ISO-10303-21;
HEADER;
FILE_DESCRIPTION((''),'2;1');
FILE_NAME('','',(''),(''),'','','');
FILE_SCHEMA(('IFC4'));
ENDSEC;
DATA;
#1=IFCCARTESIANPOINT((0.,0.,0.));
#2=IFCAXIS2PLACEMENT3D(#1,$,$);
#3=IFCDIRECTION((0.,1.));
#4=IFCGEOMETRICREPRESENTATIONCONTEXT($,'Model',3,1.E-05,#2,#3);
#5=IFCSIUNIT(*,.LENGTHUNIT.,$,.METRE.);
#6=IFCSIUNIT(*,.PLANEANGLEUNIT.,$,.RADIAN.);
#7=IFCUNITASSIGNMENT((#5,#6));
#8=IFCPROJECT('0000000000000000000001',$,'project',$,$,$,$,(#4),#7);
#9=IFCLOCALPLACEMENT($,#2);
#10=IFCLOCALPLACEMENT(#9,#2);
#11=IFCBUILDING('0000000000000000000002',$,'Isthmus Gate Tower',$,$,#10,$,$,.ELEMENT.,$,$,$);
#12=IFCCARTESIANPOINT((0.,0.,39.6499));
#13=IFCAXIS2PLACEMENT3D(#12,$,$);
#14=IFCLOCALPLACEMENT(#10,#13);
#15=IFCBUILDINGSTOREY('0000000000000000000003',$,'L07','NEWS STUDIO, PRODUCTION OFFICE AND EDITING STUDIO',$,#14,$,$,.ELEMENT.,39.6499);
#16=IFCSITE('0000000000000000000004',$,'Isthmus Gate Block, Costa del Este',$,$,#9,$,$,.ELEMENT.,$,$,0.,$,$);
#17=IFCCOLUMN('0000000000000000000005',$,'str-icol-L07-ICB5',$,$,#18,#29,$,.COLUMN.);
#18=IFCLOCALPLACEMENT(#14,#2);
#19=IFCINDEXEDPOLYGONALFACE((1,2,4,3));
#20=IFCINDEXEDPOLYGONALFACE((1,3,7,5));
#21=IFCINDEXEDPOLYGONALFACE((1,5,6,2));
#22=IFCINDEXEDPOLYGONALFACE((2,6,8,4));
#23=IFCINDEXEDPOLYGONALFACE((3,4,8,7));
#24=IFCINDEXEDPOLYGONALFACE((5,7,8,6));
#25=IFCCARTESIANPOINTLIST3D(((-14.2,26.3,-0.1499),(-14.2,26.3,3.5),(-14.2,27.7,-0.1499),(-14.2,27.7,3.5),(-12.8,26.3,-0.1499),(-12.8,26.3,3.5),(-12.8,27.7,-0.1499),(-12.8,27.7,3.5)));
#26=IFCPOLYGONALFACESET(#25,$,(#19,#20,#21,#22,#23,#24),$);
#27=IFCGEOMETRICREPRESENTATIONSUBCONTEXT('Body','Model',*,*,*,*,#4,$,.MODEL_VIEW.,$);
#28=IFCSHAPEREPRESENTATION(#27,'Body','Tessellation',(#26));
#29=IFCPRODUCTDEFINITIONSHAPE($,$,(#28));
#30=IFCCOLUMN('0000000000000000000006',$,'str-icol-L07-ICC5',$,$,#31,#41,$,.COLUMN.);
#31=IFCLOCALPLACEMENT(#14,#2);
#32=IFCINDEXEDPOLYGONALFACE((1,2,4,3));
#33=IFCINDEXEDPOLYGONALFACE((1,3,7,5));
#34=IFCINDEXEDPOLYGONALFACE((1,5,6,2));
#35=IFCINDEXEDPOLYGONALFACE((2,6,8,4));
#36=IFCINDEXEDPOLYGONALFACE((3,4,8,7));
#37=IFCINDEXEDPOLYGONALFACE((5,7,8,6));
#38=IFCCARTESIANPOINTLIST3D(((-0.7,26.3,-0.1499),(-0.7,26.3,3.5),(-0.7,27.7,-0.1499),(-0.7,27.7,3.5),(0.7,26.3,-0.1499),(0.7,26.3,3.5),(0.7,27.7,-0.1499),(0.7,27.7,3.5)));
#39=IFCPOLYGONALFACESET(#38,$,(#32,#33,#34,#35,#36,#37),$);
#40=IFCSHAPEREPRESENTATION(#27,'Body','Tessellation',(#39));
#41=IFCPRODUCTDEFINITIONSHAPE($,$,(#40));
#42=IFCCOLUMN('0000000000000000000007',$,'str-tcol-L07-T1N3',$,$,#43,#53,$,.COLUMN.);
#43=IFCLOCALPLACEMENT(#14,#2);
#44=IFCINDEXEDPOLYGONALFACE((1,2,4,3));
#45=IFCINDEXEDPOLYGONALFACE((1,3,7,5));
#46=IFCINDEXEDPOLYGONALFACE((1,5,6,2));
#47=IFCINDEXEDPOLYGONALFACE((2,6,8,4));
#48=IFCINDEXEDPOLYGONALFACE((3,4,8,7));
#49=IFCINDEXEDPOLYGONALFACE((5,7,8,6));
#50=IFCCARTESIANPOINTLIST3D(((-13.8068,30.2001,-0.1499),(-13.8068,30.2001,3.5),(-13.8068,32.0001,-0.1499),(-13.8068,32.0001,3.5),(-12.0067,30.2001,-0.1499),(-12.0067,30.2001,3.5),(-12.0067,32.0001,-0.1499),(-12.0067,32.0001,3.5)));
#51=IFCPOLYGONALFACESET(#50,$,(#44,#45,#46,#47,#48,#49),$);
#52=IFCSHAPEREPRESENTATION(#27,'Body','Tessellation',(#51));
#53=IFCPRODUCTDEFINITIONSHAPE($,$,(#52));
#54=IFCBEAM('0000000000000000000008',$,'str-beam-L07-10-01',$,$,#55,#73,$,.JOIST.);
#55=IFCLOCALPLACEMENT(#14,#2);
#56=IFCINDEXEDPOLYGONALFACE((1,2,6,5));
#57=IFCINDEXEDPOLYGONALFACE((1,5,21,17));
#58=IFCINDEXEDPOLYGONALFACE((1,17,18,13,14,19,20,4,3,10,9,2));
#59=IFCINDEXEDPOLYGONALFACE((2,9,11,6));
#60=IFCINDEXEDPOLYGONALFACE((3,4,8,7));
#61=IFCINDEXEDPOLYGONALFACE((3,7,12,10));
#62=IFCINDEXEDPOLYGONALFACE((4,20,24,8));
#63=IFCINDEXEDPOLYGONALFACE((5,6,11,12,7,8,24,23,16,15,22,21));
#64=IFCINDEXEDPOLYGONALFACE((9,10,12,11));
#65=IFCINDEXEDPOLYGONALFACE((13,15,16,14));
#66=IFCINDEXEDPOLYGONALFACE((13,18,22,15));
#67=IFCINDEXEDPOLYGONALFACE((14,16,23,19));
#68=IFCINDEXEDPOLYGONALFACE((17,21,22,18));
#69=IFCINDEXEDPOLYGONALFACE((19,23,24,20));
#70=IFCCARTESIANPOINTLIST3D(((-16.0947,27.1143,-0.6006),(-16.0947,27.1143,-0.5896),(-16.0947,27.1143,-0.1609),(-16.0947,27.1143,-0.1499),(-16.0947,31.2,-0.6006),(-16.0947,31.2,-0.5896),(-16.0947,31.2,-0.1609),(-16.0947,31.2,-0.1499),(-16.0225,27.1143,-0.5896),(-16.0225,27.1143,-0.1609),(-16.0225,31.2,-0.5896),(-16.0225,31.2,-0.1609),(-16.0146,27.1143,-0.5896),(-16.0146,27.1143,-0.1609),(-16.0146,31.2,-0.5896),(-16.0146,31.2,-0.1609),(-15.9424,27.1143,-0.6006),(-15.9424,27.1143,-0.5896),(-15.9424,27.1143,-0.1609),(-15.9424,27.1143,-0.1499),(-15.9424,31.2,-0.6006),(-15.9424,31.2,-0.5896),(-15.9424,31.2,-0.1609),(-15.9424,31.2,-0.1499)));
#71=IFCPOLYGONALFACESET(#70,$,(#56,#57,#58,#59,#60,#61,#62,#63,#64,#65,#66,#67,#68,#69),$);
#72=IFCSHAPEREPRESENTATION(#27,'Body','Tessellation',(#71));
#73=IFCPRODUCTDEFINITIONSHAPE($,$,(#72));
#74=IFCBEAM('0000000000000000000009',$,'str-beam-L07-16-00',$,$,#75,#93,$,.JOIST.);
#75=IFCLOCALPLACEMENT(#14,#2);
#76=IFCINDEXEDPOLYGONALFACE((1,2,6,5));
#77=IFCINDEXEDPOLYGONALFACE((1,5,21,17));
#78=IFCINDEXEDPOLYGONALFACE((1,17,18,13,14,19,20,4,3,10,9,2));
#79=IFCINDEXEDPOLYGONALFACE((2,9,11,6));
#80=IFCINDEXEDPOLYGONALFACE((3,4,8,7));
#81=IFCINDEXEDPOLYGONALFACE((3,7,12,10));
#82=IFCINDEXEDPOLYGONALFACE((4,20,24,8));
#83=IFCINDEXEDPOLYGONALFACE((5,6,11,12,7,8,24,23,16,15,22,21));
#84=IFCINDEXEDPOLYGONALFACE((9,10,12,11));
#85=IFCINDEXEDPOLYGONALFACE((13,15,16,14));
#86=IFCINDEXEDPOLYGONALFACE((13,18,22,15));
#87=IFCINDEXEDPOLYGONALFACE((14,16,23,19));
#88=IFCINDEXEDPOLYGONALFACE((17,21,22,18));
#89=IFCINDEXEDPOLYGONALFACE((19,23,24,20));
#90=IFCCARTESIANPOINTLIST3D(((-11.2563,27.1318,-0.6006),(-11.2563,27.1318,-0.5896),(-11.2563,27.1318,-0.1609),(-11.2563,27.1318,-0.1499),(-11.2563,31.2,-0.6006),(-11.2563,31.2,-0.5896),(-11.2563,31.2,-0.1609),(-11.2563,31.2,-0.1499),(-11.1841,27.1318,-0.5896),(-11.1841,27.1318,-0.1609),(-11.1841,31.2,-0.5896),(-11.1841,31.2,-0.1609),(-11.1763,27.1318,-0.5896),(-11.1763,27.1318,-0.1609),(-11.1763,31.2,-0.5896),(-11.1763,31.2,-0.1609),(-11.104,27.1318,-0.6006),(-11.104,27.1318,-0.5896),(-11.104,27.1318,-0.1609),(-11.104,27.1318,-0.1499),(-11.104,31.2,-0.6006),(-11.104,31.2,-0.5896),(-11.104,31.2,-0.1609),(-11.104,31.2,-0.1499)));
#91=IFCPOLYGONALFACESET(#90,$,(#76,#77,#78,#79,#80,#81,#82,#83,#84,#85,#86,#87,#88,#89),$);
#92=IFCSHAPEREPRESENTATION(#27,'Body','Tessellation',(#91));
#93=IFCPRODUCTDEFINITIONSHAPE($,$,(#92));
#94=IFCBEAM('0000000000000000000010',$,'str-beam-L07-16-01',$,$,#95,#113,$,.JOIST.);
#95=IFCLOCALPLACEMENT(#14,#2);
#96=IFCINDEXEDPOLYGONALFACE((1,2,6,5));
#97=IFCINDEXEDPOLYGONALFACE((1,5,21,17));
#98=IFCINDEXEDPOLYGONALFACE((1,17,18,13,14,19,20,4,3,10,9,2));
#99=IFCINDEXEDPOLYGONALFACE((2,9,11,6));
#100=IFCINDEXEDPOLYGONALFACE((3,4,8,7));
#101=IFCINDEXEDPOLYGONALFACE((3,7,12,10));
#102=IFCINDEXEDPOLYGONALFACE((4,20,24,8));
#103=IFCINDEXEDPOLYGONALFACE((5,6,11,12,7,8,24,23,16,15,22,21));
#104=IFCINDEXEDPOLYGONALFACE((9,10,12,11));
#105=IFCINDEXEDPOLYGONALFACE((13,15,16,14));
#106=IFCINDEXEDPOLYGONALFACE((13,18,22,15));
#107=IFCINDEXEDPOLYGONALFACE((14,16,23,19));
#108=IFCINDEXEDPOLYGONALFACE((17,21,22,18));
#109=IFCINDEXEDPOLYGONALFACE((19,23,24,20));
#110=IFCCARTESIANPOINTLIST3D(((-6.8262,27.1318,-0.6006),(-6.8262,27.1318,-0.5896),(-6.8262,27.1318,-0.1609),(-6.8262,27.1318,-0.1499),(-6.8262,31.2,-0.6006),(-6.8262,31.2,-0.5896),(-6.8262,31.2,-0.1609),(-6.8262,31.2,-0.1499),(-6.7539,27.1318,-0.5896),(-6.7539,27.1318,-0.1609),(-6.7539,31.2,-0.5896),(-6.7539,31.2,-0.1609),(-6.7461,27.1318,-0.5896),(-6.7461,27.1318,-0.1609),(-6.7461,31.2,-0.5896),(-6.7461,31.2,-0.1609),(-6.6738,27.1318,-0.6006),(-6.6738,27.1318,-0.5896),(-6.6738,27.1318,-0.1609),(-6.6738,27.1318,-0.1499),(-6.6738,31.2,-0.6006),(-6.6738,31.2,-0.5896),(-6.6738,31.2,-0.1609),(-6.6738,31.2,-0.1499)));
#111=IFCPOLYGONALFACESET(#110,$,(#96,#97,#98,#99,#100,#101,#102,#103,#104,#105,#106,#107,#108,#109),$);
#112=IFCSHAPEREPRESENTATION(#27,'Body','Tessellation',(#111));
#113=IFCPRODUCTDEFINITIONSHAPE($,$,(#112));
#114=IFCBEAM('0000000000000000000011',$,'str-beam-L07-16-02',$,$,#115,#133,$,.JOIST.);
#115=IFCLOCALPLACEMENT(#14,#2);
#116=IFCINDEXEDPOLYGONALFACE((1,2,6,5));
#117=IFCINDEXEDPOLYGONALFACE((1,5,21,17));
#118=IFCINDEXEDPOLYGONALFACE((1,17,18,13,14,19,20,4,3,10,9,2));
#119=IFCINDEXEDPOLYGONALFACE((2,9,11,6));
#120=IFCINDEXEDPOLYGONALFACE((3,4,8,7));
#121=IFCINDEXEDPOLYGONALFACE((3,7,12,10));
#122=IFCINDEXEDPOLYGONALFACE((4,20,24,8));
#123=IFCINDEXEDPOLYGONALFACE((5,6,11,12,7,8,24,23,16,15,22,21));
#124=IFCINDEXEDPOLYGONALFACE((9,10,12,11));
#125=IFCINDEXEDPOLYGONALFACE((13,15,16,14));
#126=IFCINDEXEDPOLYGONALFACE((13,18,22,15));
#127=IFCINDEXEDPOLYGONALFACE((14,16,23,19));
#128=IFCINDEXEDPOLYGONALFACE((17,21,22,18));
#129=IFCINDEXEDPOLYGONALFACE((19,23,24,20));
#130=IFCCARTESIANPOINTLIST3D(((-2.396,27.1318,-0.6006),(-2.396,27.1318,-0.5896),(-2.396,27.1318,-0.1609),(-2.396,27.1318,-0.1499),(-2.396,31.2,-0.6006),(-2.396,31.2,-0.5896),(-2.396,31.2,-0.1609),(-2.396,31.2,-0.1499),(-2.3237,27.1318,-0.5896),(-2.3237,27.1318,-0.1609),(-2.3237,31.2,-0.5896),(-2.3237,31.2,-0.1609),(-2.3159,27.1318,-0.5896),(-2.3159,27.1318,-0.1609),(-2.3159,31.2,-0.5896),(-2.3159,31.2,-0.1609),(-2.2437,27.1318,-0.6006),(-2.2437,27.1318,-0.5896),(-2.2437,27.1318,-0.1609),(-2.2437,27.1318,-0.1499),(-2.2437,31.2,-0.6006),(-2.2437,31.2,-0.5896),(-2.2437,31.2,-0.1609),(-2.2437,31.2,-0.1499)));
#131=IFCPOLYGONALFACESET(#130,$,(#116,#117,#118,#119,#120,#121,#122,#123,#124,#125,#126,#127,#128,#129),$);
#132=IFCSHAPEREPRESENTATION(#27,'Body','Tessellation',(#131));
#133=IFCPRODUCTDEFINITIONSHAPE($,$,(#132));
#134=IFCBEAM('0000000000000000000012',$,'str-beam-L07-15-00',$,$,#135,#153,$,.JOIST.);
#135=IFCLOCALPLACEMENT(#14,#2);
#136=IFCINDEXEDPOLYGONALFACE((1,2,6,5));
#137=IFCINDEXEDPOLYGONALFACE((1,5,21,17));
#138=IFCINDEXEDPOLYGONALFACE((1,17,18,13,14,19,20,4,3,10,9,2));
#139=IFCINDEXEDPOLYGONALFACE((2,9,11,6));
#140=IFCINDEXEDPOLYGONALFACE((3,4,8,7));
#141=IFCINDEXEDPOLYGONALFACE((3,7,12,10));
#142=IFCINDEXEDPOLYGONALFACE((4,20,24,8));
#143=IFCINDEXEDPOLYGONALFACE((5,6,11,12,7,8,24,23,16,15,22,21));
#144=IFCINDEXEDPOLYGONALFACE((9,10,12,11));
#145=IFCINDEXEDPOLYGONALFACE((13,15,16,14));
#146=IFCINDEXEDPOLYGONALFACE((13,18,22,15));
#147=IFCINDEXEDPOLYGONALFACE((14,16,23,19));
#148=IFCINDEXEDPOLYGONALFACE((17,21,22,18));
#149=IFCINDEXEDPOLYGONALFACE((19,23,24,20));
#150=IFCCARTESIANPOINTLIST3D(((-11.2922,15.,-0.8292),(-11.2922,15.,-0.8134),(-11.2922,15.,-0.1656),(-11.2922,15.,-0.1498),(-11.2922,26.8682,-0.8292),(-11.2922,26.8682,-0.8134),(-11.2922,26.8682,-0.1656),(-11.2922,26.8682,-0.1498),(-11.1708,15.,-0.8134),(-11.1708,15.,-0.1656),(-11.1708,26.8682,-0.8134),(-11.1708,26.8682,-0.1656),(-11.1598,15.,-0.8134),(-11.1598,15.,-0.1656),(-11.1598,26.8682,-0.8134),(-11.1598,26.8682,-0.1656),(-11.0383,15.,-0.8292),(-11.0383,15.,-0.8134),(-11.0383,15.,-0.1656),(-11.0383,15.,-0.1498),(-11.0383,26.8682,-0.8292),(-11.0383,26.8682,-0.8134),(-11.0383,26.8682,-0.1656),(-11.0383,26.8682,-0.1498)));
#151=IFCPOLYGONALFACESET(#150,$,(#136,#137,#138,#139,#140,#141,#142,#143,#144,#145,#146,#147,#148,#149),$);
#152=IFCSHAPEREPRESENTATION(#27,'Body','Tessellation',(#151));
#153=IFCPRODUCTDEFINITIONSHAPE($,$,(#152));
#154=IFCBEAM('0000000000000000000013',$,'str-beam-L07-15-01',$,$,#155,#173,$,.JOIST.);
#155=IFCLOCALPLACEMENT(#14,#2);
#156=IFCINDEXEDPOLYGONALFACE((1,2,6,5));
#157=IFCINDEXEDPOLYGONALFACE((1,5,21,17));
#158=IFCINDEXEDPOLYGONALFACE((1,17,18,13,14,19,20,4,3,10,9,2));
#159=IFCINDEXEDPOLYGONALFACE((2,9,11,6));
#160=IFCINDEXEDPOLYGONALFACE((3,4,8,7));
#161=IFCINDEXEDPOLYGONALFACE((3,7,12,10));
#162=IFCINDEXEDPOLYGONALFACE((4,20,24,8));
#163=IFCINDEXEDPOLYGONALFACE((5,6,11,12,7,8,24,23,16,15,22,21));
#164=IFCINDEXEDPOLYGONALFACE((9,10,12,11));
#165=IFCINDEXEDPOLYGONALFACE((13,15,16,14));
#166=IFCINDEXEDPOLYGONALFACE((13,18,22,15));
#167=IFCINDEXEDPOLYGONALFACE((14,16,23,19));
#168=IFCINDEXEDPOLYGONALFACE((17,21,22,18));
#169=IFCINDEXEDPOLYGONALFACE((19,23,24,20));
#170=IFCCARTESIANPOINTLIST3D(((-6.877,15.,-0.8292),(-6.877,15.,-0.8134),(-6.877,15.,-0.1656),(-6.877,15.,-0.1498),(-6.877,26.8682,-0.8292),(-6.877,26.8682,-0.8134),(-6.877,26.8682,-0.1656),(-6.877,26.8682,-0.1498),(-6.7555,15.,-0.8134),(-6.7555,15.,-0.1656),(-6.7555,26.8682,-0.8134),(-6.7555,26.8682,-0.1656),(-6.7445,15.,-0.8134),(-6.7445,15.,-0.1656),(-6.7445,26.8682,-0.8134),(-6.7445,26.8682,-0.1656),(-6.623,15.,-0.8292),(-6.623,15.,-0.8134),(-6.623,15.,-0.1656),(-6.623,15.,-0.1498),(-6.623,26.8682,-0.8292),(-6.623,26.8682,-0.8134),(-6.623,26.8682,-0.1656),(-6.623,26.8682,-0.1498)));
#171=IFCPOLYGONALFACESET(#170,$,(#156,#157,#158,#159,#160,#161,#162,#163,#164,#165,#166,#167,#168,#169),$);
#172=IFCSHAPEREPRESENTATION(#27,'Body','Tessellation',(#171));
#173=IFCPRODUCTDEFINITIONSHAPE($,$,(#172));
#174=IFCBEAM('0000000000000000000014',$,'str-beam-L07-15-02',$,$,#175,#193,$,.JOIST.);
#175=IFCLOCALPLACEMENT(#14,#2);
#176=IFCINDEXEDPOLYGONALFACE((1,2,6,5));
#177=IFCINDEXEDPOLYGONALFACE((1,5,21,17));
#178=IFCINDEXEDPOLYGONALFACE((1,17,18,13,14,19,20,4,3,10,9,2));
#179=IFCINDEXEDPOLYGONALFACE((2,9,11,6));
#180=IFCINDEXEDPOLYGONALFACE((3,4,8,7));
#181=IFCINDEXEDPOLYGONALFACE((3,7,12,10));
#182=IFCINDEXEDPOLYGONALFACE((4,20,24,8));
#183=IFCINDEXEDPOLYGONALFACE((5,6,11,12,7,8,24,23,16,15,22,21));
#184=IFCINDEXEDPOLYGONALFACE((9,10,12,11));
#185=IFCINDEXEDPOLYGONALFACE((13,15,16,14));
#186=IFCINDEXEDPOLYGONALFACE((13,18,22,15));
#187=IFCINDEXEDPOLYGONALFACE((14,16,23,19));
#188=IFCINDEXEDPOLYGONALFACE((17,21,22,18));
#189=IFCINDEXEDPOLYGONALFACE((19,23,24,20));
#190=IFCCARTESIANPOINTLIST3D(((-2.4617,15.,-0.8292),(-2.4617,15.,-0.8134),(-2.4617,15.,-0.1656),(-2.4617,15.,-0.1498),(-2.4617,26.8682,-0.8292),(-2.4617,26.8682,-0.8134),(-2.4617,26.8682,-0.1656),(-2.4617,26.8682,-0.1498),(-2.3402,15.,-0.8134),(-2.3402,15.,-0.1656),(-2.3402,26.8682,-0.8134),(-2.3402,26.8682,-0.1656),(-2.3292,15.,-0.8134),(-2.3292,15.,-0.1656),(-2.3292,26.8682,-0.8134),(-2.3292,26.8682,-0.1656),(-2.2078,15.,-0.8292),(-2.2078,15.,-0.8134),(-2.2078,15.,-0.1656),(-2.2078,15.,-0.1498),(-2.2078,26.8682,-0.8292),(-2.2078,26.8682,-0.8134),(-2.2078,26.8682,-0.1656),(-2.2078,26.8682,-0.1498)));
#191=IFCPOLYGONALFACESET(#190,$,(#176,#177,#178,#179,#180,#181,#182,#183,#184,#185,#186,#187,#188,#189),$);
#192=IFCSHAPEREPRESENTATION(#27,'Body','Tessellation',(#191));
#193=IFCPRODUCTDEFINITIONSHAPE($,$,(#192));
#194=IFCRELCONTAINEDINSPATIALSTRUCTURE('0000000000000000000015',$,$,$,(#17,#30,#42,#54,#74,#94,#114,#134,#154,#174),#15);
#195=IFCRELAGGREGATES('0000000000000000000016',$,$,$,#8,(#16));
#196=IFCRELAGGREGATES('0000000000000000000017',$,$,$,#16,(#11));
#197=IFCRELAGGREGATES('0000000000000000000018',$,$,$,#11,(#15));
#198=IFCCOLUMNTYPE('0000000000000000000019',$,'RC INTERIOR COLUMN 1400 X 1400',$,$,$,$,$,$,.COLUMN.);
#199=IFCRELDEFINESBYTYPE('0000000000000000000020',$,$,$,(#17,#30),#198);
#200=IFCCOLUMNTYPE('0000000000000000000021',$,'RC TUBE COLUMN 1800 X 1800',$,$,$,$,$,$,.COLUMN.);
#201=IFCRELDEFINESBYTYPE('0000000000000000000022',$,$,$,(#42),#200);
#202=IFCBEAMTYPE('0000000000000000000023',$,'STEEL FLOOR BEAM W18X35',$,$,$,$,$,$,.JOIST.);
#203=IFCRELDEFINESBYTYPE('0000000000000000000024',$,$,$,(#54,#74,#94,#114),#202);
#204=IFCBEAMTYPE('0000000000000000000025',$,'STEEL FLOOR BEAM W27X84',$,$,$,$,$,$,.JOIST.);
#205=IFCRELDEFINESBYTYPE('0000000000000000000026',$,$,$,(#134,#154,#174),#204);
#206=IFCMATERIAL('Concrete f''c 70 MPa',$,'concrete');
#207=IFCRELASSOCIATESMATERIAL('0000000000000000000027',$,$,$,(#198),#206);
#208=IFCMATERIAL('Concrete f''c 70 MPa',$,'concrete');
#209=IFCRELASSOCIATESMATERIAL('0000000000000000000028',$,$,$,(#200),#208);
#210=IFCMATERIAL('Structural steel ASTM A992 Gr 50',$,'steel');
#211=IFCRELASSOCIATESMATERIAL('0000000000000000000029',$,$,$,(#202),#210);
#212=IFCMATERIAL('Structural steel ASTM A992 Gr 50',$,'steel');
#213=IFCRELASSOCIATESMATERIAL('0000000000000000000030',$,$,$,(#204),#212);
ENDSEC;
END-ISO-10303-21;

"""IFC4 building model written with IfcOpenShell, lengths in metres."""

from ifc_helpers import new_model, si_unit, direction, frame, origin, origin_2d, place, context, subcontext, project, spatial, rectangle, i_section, extrude, material, material_profile, profile_set, type_object, element, save


model = new_model("IFC4")

# Units and contexts
model_context = context("Model", 3, precision=1e-05, world=origin(), true_north=direction((0.0, 1.0)))
body_context = subcontext(model_context, "Body", "Model", "MODEL_VIEW")
ifc_project = project(units=[si_unit("LENGTHUNIT", "METRE"), si_unit("PLANEANGLEUNIT", "RADIAN")], contexts=[model_context])

# Site, building, storey
site_placement = place(None, origin())
site = spatial("IfcSite", under=ifc_project, at=site_placement, Name="Isthmus Gate Block, Costa del Este", CompositionType="ELEMENT", RefElevation=0.0)
building_placement = place(site_placement, origin())
building = spatial("IfcBuilding", under=site, at=building_placement, Name="Isthmus Gate Tower", CompositionType="ELEMENT")
storey_placement = place(building_placement, frame((0.0, 0.0, 39.6499)))
storey = spatial("IfcBuildingStorey", under=building, at=storey_placement, Name="L07", Description="NEWS STUDIO, PRODUCTION OFFICE AND EDITING STUDIO", CompositionType="ELEMENT", Elevation=39.6499)

# Columns
ifc_material_1 = material(Name="Concrete f'c 70 MPa", Category="concrete")
ifc_material_profile_1 = material_profile(ifc_material_1, rectangle(XDim=1.3999, YDim=1.3999, at=origin_2d()), Name="RC 1400X1400")
ifc_profile_set_1 = profile_set([ifc_material_profile_1], Name="Concrete f'c 70 MPa")
column_type_1 = type_object("IfcColumnType", Name="RC INTERIOR COLUMN 1400 X 1400", PredefinedType="COLUMN", material=ifc_profile_set_1)
for number, where, z_axis, x_axis, name in (
    (1, (-13.5, 27.0, -0.1499), (0.0, 0.0, 1.0), (1.0, 0.0, 0.0), "str-icol-L07-ICB5"),
    (2, (0.0, 27.0, -0.1499), (0.0, 0.0, 1.0), (1.0, 0.0, 0.0), "str-icol-L07-ICC5"),
):
    element("IfcColumn", number, at=place(storey_placement, frame(where, z_axis=z_axis, x_axis=x_axis)), inside=storey, type_object=column_type_1, Name=name, PredefinedType="COLUMN", context=body_context, shape_type="SweptSolid", body=[
        extrude(rectangle(XDim=1.3999, YDim=1.3999, at=origin_2d()), origin(), (0.0, 0.0, 1.0), 3.6499),
    ])
ifc_material_2 = material(Name="Concrete f'c 70 MPa", Category="concrete")
ifc_material_profile_2 = material_profile(ifc_material_2, rectangle(XDim=1.8, YDim=1.8, at=origin_2d()), Name="RC 1800X1800")
ifc_profile_set_2 = profile_set([ifc_material_profile_2], Name="Concrete f'c 70 MPa")
column_type_2 = type_object("IfcColumnType", Name="RC TUBE COLUMN 1800 X 1800", PredefinedType="COLUMN", material=ifc_profile_set_2)
column_placement = place(storey_placement, frame((-12.9067, 31.1001, -0.1499), z_axis=(0.0, 0.0, 1.0), x_axis=(-1.0, 0.0, 0.0)))
element("IfcColumn", 3, at=column_placement, inside=storey, type_object=column_type_2, Name="str-tcol-L07-T1N3", PredefinedType="COLUMN", context=body_context, shape_type="SweptSolid", body=[
    extrude(rectangle(XDim=1.8, YDim=1.8, at=origin_2d()), origin(), (0.0, 0.0, 1.0), 3.6499),
])

# Beams
ifc_material_3 = material(Name="Structural steel ASTM A992 Gr 50", Category="steel")
ifc_material_profile_3 = material_profile(ifc_material_3, i_section(OverallWidth=0.1523, OverallDepth=0.4507, WebThickness=0.0078, FlangeThickness=0.011, at=origin_2d()), Name="W18X35")
ifc_profile_set_3 = profile_set([ifc_material_profile_3], Name="Structural steel ASTM A992 Gr 50")
beam_type_1 = type_object("IfcBeamType", Name="STEEL FLOOR BEAM W18X35", PredefinedType="JOIST", material=ifc_profile_set_3)
beam_1_placement = place(storey_placement, frame((-16.0186, 27.1143, -0.3752), z_axis=(0.0, 1.0, 0.0), x_axis=(-1.0, 0.0, 0.0)))
element("IfcBeam", 4, at=beam_1_placement, inside=storey, type_object=beam_type_1, Name="str-beam-L07-10-01", PredefinedType="JOIST", context=body_context, shape_type="SweptSolid", body=[
    extrude(i_section(OverallWidth=0.1523, OverallDepth=0.4507, WebThickness=0.0078, FlangeThickness=0.011, at=origin_2d()), origin(), (0.0, 0.0, 1.0), 4.0857),
])
for number, where, z_axis, x_axis, name in (
    (5, (-11.1802, 27.1318, -0.3752), (0.0, 1.0, 0.0), (-1.0, 0.0, 0.0), "str-beam-L07-16-00"),
    (6, (-6.75, 27.1318, -0.3752), (0.0, 1.0, 0.0), (-1.0, 0.0, 0.0), "str-beam-L07-16-01"),
    (7, (-2.3198, 27.1318, -0.3752), (0.0, 1.0, 0.0), (-1.0, 0.0, 0.0), "str-beam-L07-16-02"),
):
    element("IfcBeam", number, at=place(storey_placement, frame(where, z_axis=z_axis, x_axis=x_axis)), inside=storey, type_object=beam_type_1, Name=name, PredefinedType="JOIST", context=body_context, shape_type="SweptSolid", body=[
        extrude(i_section(OverallWidth=0.1523, OverallDepth=0.4507, WebThickness=0.0078, FlangeThickness=0.011, at=origin_2d()), origin(), (0.0, 0.0, 1.0), 4.0681),
    ])
ifc_material_4 = material(Name="Structural steel ASTM A992 Gr 50", Category="steel")
ifc_material_profile_4 = material_profile(ifc_material_4, i_section(OverallWidth=0.2539, OverallDepth=0.6794, WebThickness=0.011, FlangeThickness=0.0159, at=origin_2d()), Name="W27X84")
ifc_profile_set_4 = profile_set([ifc_material_profile_4], Name="Structural steel ASTM A992 Gr 50")
beam_type_2 = type_object("IfcBeamType", Name="STEEL FLOOR BEAM W27X84", PredefinedType="JOIST", material=ifc_profile_set_4)
for number, where, z_axis, x_axis, name in (
    (8, (-11.1653, 15.0, -0.4895), (0.0, 1.0, 0.0), (-1.0, 0.0, 0.0), "str-beam-L07-15-00"),
    (9, (-6.75, 15.0, -0.4895), (0.0, 1.0, 0.0), (-1.0, 0.0, 0.0), "str-beam-L07-15-01"),
    (10, (-2.3347, 15.0, -0.4895), (0.0, 1.0, 0.0), (-1.0, 0.0, 0.0), "str-beam-L07-15-02"),
):
    element("IfcBeam", number, at=place(storey_placement, frame(where, z_axis=z_axis, x_axis=x_axis)), inside=storey, type_object=beam_type_2, Name=name, PredefinedType="JOIST", context=body_context, shape_type="SweptSolid", body=[
        extrude(i_section(OverallWidth=0.2539, OverallDepth=0.6794, WebThickness=0.011, FlangeThickness=0.0159, at=origin_2d()), origin(), (0.0, 0.0, 1.0), 11.8682),
    ])

save(model, "model.ifc")
